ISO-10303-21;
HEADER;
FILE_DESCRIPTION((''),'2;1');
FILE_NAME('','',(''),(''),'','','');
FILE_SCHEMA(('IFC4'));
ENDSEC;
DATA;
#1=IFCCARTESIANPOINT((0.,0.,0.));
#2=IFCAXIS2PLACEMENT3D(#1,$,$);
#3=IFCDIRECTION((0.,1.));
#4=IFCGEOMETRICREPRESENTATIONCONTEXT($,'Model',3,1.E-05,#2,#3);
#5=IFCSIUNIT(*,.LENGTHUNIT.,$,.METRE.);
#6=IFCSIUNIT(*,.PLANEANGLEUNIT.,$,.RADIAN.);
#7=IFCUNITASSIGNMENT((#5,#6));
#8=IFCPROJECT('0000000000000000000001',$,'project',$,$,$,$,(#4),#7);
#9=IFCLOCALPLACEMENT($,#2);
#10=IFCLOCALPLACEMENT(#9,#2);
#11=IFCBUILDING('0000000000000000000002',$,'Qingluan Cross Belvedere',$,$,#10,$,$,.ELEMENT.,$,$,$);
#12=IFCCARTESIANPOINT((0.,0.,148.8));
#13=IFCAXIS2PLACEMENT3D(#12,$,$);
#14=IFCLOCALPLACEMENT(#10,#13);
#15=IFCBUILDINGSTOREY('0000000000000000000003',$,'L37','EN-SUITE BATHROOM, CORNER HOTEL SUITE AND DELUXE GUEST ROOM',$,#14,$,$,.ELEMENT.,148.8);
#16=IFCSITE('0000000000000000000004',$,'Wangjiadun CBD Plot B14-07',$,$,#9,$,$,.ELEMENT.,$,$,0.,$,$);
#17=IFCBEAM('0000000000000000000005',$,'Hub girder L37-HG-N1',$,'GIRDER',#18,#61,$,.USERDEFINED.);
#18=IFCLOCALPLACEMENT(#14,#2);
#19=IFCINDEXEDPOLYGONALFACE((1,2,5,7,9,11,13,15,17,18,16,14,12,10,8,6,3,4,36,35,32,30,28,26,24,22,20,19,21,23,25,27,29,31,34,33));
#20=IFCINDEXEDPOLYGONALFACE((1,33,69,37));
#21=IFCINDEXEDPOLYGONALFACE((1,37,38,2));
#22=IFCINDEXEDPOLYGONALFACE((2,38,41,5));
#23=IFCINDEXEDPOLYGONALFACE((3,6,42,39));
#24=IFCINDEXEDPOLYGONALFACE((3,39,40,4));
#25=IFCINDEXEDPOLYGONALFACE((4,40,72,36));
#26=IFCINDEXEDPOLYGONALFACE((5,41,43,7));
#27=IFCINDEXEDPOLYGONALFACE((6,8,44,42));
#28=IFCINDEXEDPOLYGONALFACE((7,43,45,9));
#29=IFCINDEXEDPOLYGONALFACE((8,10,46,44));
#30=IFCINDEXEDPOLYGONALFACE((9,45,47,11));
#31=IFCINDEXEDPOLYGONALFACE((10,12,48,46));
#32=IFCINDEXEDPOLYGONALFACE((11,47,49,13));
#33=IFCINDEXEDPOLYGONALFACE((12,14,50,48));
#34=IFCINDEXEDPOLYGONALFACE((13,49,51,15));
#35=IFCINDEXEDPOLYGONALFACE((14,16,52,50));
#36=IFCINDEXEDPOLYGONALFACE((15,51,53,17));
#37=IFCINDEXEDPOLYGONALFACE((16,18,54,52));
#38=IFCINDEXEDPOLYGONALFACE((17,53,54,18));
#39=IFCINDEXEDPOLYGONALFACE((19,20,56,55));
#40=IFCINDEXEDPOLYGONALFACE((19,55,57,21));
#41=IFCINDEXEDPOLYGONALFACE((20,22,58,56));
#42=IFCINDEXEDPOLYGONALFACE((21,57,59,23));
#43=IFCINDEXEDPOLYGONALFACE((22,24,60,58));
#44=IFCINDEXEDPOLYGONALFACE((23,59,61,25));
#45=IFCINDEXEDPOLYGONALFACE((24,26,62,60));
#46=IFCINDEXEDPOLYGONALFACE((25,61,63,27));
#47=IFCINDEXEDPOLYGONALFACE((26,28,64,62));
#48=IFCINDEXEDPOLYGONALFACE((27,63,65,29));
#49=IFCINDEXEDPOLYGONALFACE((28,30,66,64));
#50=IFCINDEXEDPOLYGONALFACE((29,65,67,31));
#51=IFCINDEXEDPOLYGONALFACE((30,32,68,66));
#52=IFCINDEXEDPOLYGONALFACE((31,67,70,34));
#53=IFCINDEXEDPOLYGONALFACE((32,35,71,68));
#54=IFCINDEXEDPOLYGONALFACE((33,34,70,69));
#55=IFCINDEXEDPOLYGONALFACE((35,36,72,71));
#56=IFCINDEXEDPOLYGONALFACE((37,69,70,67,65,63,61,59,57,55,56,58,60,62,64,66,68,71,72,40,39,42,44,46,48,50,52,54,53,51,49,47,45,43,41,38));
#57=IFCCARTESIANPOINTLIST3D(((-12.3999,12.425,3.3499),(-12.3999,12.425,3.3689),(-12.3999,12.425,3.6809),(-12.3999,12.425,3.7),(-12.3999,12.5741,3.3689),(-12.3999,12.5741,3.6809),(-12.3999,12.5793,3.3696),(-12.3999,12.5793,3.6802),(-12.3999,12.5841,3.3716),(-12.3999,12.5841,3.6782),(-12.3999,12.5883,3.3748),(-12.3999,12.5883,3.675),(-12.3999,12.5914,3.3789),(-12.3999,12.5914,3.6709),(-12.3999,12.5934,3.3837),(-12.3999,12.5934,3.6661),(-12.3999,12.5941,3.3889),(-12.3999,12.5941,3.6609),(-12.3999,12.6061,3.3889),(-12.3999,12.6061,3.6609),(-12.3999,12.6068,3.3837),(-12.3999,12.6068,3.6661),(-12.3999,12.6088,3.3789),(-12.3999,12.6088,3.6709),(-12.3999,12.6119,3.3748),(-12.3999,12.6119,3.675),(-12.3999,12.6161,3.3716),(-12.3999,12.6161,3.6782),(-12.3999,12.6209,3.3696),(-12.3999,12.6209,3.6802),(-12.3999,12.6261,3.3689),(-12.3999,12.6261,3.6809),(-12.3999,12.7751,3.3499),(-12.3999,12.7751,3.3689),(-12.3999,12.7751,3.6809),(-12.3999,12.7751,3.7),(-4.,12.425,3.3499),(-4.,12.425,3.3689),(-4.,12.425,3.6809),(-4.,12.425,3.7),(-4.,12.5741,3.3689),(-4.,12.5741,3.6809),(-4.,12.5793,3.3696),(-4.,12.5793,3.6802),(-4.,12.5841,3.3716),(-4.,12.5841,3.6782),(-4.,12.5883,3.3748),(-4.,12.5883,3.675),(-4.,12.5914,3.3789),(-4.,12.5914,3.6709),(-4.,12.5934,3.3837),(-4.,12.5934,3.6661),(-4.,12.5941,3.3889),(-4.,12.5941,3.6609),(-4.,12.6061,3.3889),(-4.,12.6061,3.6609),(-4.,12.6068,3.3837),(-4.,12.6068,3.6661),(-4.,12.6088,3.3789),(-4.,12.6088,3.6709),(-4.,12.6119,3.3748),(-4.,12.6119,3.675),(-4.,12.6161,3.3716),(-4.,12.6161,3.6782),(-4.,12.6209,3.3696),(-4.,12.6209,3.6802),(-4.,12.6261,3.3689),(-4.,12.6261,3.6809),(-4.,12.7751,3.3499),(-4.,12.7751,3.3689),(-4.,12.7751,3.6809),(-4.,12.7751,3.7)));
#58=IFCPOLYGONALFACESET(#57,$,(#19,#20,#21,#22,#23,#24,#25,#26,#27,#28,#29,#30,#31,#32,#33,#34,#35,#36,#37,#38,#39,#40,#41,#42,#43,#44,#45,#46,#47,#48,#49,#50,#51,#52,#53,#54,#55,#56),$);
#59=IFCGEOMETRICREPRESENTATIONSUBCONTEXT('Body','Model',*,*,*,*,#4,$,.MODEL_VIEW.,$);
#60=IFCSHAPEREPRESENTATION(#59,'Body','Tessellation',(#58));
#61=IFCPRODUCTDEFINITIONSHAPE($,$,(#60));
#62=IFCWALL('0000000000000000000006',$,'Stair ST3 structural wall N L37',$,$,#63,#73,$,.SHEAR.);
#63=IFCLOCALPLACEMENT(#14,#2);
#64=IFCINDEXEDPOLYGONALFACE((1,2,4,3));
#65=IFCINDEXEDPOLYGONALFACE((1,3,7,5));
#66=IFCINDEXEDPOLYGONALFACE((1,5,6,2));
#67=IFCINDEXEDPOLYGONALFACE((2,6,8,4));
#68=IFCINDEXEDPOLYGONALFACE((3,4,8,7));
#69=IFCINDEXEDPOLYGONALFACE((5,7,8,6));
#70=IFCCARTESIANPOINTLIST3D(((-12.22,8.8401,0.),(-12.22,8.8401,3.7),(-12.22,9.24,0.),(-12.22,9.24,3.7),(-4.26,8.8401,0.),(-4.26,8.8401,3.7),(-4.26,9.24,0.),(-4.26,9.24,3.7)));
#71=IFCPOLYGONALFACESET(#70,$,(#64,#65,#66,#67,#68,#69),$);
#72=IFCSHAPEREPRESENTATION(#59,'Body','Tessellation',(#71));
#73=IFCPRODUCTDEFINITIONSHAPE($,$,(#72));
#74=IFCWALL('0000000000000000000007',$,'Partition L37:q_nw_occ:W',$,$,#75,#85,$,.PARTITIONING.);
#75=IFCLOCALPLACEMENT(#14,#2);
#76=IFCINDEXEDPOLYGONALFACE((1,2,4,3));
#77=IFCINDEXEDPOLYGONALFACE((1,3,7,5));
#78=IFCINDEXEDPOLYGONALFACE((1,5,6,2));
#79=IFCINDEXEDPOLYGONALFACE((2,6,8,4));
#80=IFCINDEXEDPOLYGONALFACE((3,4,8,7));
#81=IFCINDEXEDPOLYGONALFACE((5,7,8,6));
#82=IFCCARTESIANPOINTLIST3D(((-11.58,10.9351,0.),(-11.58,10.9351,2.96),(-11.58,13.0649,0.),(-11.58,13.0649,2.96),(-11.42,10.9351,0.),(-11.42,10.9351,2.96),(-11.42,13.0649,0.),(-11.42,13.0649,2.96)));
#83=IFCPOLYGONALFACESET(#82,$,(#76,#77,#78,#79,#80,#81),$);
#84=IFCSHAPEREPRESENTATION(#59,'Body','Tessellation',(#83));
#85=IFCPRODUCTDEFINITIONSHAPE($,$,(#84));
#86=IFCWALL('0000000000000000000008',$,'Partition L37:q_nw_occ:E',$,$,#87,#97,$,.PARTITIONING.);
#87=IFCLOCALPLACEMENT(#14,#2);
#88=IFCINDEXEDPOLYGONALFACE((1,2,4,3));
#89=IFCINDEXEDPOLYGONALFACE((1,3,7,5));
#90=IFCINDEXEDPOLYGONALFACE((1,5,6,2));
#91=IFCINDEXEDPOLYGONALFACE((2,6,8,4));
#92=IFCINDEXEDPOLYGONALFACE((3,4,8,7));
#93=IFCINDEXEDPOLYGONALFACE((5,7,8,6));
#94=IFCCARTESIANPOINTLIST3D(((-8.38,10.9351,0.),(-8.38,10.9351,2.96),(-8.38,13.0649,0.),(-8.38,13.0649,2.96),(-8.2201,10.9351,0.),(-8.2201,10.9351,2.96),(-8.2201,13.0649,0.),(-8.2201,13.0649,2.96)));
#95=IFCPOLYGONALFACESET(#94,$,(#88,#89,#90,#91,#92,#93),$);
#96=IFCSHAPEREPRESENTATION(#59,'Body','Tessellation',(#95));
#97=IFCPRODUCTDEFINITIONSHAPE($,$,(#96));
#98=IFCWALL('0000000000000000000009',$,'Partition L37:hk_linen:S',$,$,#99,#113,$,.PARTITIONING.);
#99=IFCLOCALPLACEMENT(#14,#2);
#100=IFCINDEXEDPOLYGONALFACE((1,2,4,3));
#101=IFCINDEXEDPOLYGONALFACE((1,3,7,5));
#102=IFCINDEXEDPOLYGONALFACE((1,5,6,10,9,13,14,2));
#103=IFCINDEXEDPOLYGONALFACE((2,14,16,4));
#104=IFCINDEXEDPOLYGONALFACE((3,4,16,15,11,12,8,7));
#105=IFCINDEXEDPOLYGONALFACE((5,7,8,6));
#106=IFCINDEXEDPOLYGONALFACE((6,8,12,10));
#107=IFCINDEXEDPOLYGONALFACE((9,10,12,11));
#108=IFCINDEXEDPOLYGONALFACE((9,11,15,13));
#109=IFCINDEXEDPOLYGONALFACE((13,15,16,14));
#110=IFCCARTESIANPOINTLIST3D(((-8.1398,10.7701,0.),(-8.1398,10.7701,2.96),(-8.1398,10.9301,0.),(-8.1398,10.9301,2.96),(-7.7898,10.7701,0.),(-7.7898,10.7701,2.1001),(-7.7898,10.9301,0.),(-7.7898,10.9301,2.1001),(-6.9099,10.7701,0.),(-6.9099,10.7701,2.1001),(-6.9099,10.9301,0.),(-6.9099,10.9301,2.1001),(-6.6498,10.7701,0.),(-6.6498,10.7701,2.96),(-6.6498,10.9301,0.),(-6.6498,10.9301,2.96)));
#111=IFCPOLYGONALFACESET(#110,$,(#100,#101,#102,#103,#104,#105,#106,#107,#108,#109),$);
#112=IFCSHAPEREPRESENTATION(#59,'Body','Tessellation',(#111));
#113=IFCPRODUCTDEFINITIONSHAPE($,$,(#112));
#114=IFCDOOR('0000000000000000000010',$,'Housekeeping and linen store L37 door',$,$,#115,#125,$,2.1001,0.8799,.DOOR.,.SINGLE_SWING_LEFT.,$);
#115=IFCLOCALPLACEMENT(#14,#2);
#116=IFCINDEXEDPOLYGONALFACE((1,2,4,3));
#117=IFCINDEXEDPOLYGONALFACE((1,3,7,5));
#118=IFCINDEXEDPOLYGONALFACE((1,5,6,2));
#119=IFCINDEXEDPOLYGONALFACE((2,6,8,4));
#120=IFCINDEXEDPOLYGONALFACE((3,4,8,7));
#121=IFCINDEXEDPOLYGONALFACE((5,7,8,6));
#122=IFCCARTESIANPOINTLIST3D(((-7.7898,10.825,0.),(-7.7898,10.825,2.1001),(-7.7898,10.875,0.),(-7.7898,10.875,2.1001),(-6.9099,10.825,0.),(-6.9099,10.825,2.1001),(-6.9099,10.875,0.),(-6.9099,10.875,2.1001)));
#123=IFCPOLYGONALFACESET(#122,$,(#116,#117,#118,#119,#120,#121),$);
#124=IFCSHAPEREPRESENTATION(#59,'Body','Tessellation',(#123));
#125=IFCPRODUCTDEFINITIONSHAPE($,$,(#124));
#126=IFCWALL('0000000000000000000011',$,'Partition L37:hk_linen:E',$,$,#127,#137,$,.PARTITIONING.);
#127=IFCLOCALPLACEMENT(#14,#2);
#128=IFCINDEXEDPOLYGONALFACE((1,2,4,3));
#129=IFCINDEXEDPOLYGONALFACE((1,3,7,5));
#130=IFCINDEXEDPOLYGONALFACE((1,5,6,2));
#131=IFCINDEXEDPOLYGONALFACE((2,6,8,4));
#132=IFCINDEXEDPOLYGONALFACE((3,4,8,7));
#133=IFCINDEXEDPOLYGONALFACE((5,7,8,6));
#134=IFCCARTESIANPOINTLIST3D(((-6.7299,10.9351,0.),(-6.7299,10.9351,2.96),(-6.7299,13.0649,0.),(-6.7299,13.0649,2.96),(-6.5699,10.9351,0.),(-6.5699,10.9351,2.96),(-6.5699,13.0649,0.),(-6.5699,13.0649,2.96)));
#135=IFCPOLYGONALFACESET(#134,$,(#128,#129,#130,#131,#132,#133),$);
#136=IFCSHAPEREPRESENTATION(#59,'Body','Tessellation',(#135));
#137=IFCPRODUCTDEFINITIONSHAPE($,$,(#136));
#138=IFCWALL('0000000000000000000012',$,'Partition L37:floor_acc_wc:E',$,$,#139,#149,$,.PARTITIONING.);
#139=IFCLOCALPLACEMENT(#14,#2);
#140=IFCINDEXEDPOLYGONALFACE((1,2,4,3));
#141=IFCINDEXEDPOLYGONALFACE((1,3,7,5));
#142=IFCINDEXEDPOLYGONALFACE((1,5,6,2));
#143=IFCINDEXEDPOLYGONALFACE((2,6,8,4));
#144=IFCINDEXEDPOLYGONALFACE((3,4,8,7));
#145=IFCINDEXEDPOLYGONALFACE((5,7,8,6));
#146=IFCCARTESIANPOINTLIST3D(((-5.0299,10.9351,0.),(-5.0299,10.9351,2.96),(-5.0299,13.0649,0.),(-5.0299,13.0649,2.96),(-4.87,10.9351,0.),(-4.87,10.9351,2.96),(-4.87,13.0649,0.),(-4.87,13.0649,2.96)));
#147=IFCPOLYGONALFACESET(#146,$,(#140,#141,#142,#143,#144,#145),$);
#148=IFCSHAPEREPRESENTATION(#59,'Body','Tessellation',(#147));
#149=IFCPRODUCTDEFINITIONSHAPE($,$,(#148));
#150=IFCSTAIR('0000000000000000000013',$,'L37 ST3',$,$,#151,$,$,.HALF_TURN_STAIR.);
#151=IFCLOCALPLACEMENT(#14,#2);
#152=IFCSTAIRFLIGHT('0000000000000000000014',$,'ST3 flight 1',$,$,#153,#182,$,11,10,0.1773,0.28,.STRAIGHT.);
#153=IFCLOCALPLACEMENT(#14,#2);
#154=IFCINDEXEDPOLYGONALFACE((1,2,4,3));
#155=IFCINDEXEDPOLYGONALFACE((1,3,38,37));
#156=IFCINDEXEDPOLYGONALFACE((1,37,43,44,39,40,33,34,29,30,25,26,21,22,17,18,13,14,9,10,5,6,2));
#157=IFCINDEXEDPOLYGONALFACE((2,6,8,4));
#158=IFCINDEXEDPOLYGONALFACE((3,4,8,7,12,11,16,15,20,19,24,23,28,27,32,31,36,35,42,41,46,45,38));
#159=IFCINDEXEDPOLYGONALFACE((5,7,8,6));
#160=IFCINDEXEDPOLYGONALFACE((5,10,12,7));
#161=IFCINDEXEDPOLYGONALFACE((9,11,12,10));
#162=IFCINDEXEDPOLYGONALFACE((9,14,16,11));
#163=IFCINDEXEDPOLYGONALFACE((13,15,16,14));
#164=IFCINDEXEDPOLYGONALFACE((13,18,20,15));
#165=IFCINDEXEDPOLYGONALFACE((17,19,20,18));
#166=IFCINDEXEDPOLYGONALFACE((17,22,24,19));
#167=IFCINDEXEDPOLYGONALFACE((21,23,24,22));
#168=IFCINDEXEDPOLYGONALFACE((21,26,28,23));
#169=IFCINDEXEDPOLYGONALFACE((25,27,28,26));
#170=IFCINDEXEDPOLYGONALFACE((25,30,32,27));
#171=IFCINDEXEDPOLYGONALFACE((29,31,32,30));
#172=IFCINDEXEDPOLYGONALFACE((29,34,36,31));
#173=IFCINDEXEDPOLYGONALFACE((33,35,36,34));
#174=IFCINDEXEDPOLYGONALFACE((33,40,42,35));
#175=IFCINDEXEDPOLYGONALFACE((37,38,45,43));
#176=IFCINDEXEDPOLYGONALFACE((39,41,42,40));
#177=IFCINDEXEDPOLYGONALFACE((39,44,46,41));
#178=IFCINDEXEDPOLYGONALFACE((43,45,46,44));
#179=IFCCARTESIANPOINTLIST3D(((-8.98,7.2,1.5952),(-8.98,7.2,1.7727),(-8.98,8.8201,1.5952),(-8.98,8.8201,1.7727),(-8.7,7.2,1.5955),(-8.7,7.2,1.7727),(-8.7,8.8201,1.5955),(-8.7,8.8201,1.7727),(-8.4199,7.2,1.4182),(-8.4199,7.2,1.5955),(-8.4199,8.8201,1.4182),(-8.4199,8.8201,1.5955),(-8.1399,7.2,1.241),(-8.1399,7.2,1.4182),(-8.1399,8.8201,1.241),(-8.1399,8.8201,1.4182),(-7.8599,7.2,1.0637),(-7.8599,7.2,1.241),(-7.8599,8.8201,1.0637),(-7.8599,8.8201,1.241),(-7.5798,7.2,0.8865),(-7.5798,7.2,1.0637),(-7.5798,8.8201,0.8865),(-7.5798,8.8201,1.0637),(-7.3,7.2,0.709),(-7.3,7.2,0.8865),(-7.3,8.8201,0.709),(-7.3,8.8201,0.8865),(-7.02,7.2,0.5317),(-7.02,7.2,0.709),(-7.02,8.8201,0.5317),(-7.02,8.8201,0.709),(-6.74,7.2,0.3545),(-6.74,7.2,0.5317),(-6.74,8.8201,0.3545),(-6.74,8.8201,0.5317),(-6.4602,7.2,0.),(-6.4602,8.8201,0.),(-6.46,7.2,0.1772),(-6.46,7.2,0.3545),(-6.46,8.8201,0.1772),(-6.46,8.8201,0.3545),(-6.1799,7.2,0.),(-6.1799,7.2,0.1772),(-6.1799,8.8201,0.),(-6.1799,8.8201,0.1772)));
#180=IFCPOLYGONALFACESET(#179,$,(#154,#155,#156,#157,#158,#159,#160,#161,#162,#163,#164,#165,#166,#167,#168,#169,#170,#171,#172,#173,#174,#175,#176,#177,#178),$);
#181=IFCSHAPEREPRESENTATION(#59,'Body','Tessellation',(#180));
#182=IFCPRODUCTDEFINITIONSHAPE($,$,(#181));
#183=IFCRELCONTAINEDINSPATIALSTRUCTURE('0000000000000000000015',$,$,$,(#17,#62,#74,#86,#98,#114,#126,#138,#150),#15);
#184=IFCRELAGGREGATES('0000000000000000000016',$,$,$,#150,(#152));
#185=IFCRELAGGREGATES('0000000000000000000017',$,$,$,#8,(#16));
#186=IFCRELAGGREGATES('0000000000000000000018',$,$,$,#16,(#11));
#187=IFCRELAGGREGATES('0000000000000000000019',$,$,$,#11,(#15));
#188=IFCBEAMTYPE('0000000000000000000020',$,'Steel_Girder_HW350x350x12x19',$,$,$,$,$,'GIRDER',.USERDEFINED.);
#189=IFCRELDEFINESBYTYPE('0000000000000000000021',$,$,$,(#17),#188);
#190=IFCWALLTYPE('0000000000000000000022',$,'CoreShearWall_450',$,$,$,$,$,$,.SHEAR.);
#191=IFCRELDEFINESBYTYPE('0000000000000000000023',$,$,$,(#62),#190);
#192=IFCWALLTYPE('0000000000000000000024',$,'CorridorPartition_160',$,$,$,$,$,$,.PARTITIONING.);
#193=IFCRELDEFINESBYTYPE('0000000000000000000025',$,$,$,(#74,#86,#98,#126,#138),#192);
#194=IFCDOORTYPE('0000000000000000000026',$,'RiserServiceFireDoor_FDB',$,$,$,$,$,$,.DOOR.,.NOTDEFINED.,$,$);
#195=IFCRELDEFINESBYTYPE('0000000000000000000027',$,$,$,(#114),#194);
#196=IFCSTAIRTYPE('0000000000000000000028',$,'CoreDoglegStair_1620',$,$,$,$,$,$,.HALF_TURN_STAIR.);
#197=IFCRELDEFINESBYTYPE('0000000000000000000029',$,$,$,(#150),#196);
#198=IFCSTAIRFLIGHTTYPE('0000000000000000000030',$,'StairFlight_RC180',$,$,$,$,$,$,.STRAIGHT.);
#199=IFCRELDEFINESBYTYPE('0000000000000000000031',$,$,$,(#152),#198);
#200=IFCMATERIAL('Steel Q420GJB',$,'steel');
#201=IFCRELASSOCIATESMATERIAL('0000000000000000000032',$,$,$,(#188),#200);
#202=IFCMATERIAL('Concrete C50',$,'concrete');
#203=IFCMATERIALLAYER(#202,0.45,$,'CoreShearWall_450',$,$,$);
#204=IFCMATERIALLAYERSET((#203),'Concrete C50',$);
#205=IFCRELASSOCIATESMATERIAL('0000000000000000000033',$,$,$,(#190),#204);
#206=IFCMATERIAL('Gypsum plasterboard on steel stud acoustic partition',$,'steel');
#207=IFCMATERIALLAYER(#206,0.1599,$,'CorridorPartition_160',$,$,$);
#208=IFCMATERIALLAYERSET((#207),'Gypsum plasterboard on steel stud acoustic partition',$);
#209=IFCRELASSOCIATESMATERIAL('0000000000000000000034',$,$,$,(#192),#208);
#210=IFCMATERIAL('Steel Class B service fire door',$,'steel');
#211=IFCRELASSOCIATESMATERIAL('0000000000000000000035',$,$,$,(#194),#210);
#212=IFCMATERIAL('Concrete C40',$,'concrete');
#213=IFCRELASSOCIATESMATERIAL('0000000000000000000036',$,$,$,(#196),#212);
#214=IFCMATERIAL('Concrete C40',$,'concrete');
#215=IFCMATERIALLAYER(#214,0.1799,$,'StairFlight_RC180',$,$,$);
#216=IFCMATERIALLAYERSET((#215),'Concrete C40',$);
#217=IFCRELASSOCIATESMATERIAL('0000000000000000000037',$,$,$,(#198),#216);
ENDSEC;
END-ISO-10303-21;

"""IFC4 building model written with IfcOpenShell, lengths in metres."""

from ifc_helpers import new_model, si_unit, direction, frame, frame_2d, origin, origin_2d, place, context, subcontext, project, spatial, polyline, rectangle, i_section, outline, extrude, material, layer, layer_set, material_profile, profile_set, type_object, element, fill, aggregate, save


model = new_model("IFC4")

# Units and contexts
model_context = context("Model", 3, precision=1e-05, world=origin(), true_north=direction((0.0, 1.0)))
body_context = subcontext(model_context, "Body", "Model", "MODEL_VIEW")
ifc_project = project(units=[si_unit("LENGTHUNIT", "METRE"), si_unit("PLANEANGLEUNIT", "RADIAN")], contexts=[model_context])

# Site, building, storey
site_placement = place(None, origin())
site = spatial("IfcSite", under=ifc_project, at=site_placement, Name="Wangjiadun CBD Plot B14-07", CompositionType="ELEMENT", RefElevation=0.0)
building_placement = place(site_placement, origin())
building = spatial("IfcBuilding", under=site, at=building_placement, Name="Qingluan Cross Belvedere", CompositionType="ELEMENT")
storey_placement = place(building_placement, frame((0.0, 0.0, 148.8)))
storey = spatial("IfcBuildingStorey", under=building, at=storey_placement, Name="L37", Description="EN-SUITE BATHROOM, CORNER HOTEL SUITE AND DELUXE GUEST ROOM", CompositionType="ELEMENT", Elevation=148.8)

# Beam
ifc_material_1 = material(Name="Steel Q420GJB", Category="steel")
ifc_material_profile_1 = material_profile(ifc_material_1, i_section(OverallWidth=0.3501, OverallDepth=0.3501, WebThickness=0.012, FlangeThickness=0.019, FilletRadius=0.02, at=origin_2d()), Name="HW350x350x12x19")
ifc_profile_set_1 = profile_set([ifc_material_profile_1], Name="Steel Q420GJB")
beam_type_1 = type_object("IfcBeamType", Name="Steel_Girder_HW350x350x12x19", ElementType="GIRDER", PredefinedType="USERDEFINED", material=ifc_profile_set_1)
beam_1_placement = place(storey_placement, frame((-12.3999, 12.6001, 3.5249), z_axis=(1.0, 0.0, 0.0), x_axis=(0.0, 1.0, 0.0)))
element("IfcBeam", 1, at=beam_1_placement, inside=storey, type_object=beam_type_1, Name="Hub girder L37-HG-N1", ObjectType="GIRDER", PredefinedType="USERDEFINED", context=body_context, shape_type="SweptSolid", body=[
    extrude(i_section(OverallWidth=0.3501, OverallDepth=0.3501, WebThickness=0.012, FlangeThickness=0.019, FilletRadius=0.02, at=origin_2d()), origin(), (0.0, 0.0, 1.0), 8.3999),
])

# Wall
ifc_material_2 = material(Name="Concrete C50", Category="concrete")
ifc_layer_1 = layer(ifc_material_2, 0.45, Name="CoreShearWall_450")
ifc_layer_set_1 = layer_set([ifc_layer_1], Name="Concrete C50")
wall_type_1 = type_object("IfcWallType", Name="CoreShearWall_450", PredefinedType="SHEAR", material=ifc_layer_set_1)
wall_1_placement = place(storey_placement, frame((-12.22, 9.04, 0.0), z_axis=(0.0, 0.0, 1.0), x_axis=(1.0, 0.0, 0.0)))
element("IfcWall", 2, at=wall_1_placement, inside=storey, type_object=wall_type_1, Name="Stair ST3 structural wall N L37", PredefinedType="SHEAR", context=body_context, shape_type="SweptSolid", body=[
    extrude(rectangle(XDim=7.96, YDim=0.3999, at=frame_2d((3.98, 0.0))), origin(), (0.0, 0.0, 1.0), 3.7),
])

# Shared definitions
ifc_material_3 = material(Name="Gypsum plasterboard on steel stud acoustic partition", Category="steel")
ifc_layer_2 = layer(ifc_material_3, 0.1599, Name="CorridorPartition_160")
ifc_layer_set_2 = layer_set([ifc_layer_2], Name="Gypsum plasterboard on steel stud acoustic partition")
wall_type_2 = type_object("IfcWallType", Name="CorridorPartition_160", PredefinedType="PARTITIONING", material=ifc_layer_set_2)

# Walls
for number, where, z_axis, x_axis, name in (
    (3, (-11.5, 10.9351, 0.0), (0.0, 0.0, 1.0), (0.0, 1.0, 0.0), "Partition L37:q_nw_occ:W"),
    (4, (-8.3, 10.9351, 0.0), (0.0, 0.0, 1.0), (0.0, 1.0, 0.0), "Partition L37:q_nw_occ:E"),
):
    element("IfcWall", number, at=place(storey_placement, frame(where, z_axis=z_axis, x_axis=x_axis)), inside=storey, type_object=wall_type_2, Name=name, PredefinedType="PARTITIONING", context=body_context, shape_type="SweptSolid", body=[
        extrude(rectangle(XDim=2.1299, YDim=0.1599, at=frame_2d((1.0649, 0.0))), origin(), (0.0, 0.0, 1.0), 2.96),
    ])

# Wall, opening, door
wall_2_placement = place(storey_placement, frame((-8.1399, 10.8501, 0.0), z_axis=(0.0, 0.0, 1.0), x_axis=(1.0, 0.0, 0.0)))
wall_2 = element("IfcWall", 5, at=wall_2_placement, inside=storey, type_object=wall_type_2, Name="Partition L37:hk_linen:S", PredefinedType="PARTITIONING", context=body_context, shape_type="SweptSolid", body=[
    extrude(rectangle(XDim=1.49, YDim=0.1599, at=frame_2d((0.7451, 0.0))), origin(), (0.0, 0.0, 1.0), 2.96),
])
opening_1_placement = place(wall_2_placement, frame((0.3501, 0.0, 0.0)))
opening_1 = element("IfcOpeningElement", 6, at=opening_1_placement, cuts=wall_2, PredefinedType="OPENING", context=body_context, shape_type="SweptSolid", body=[
    extrude(rectangle(XDim=0.8799, YDim=2.1001, at=frame_2d((0.4399, 1.05))), frame((0.0, 0.0898, 0.0), z_axis=(0.0, -1.0, 0.0), x_axis=(1.0, 0.0, 0.0)), (0.0, 0.0, 1.0), 0.1799),
])
ifc_material_4 = material(Name="Steel Class B service fire door", Category="steel")
door_type_1 = type_object("IfcDoorType", Name="RiserServiceFireDoor_FDB", OperationType="NOTDEFINED", PredefinedType="DOOR", material=ifc_material_4)
door_1_placement = place(opening_1_placement, origin())
door_1 = element("IfcDoor", 7, at=door_1_placement, inside=storey, type_object=door_type_1, Name="Housekeeping and linen store L37 door", OperationType="SINGLE_SWING_LEFT", OverallHeight=2.1001, OverallWidth=0.8799, PredefinedType="DOOR", context=body_context, shape_type="SweptSolid", body=[
    extrude(rectangle(XDim=0.8799, YDim=2.1001, at=frame_2d((0.4399, 1.05))), frame((0.0, 0.0249, 0.0), z_axis=(0.0, -1.0, 0.0), x_axis=(1.0, 0.0, 0.0)), (0.0, 0.0, 1.0), 0.05),
])
fill(opening_1, door_1)

# Wall
wall_3_placement = place(storey_placement, frame((-6.6499, 10.9351, 0.0), z_axis=(0.0, 0.0, 1.0), x_axis=(0.0, 1.0, 0.0)))
element("IfcWall", 8, at=wall_3_placement, inside=storey, type_object=wall_type_2, Name="Partition L37:hk_linen:E", PredefinedType="PARTITIONING", context=body_context, shape_type="SweptSolid", body=[
    extrude(rectangle(XDim=2.1299, YDim=0.1599, at=frame_2d((1.0649, 0.0))), origin(), (0.0, 0.0, 1.0), 2.96),
])

# Wall
wall_4_placement = place(storey_placement, frame((-4.95, 10.9351, 0.0), z_axis=(0.0, 0.0, 1.0), x_axis=(0.0, 1.0, 0.0)))
element("IfcWall", 9, at=wall_4_placement, inside=storey, type_object=wall_type_2, Name="Partition L37:floor_acc_wc:E", PredefinedType="PARTITIONING", context=body_context, shape_type="SweptSolid", body=[
    extrude(rectangle(XDim=2.1299, YDim=0.1599, at=frame_2d((1.0649, 0.0))), origin(), (0.0, 0.0, 1.0), 2.96),
])

# Stair, stair flight
ifc_material_5 = material(Name="Concrete C40", Category="concrete")
stair_type = type_object("IfcStairType", Name="CoreDoglegStair_1620", PredefinedType="HALF_TURN_STAIR", material=ifc_material_5)
stair_placement = place(storey_placement, origin())
stair = element("IfcStair", 10, at=stair_placement, inside=storey, type_object=stair_type, Name="L37 ST3", PredefinedType="HALF_TURN_STAIR")
ifc_material_6 = material(Name="Concrete C40", Category="concrete")
ifc_layer_3 = layer(ifc_material_6, 0.1799, Name="StairFlight_RC180")
ifc_layer_set_3 = layer_set([ifc_layer_3], Name="Concrete C40")
stair_flight_type = type_object("IfcStairFlightType", Name="StairFlight_RC180", PredefinedType="STRAIGHT", material=ifc_layer_set_3)
stair_flight_placement = place(storey_placement, frame((-6.1799, 8.01, 0.0), z_axis=(0.0, 0.0, 1.0), x_axis=(-1.0, 0.0, 0.0)))
stair_flight = element("IfcStairFlight", 11, at=stair_flight_placement, type_object=stair_flight_type, Name="ST3 flight 1", NumberOfRisers=11, NumberOfTreads=10, PredefinedType="STRAIGHT", RiserHeight=0.1773, TreadLength=0.28, context=body_context, shape_type="SweptSolid", body=[
    extrude(outline(polyline([(0.0, 0.0), (0.0, 0.1772), (0.28, 0.1772), (0.28, 0.3545), (0.5601, 0.3545), (0.5601, 0.5317), (0.8401, 0.5317), (0.8401, 0.709), (1.1201, 0.709), (1.1201, 0.8865), (1.3999, 0.8865), (1.3999, 1.0637), (1.6799, 1.0637), (1.6799, 1.241), (1.96, 1.241), (1.96, 1.4182), (2.24, 1.4182), (2.24, 1.5955), (2.52, 1.5955), (2.52, 1.7727), (2.8, 1.7727), (2.8, 1.95), (2.8, 1.5952), (0.2803, 0.0), (0.0, 0.0)])), frame((0.0, 0.8101, 0.0), z_axis=(0.0, -1.0, 0.0), x_axis=(1.0, 0.0, 0.0)), (0.0, 0.0, 1.0), 1.6201),
])
aggregate(stair, [stair_flight])

save(model, "model.ifc")
